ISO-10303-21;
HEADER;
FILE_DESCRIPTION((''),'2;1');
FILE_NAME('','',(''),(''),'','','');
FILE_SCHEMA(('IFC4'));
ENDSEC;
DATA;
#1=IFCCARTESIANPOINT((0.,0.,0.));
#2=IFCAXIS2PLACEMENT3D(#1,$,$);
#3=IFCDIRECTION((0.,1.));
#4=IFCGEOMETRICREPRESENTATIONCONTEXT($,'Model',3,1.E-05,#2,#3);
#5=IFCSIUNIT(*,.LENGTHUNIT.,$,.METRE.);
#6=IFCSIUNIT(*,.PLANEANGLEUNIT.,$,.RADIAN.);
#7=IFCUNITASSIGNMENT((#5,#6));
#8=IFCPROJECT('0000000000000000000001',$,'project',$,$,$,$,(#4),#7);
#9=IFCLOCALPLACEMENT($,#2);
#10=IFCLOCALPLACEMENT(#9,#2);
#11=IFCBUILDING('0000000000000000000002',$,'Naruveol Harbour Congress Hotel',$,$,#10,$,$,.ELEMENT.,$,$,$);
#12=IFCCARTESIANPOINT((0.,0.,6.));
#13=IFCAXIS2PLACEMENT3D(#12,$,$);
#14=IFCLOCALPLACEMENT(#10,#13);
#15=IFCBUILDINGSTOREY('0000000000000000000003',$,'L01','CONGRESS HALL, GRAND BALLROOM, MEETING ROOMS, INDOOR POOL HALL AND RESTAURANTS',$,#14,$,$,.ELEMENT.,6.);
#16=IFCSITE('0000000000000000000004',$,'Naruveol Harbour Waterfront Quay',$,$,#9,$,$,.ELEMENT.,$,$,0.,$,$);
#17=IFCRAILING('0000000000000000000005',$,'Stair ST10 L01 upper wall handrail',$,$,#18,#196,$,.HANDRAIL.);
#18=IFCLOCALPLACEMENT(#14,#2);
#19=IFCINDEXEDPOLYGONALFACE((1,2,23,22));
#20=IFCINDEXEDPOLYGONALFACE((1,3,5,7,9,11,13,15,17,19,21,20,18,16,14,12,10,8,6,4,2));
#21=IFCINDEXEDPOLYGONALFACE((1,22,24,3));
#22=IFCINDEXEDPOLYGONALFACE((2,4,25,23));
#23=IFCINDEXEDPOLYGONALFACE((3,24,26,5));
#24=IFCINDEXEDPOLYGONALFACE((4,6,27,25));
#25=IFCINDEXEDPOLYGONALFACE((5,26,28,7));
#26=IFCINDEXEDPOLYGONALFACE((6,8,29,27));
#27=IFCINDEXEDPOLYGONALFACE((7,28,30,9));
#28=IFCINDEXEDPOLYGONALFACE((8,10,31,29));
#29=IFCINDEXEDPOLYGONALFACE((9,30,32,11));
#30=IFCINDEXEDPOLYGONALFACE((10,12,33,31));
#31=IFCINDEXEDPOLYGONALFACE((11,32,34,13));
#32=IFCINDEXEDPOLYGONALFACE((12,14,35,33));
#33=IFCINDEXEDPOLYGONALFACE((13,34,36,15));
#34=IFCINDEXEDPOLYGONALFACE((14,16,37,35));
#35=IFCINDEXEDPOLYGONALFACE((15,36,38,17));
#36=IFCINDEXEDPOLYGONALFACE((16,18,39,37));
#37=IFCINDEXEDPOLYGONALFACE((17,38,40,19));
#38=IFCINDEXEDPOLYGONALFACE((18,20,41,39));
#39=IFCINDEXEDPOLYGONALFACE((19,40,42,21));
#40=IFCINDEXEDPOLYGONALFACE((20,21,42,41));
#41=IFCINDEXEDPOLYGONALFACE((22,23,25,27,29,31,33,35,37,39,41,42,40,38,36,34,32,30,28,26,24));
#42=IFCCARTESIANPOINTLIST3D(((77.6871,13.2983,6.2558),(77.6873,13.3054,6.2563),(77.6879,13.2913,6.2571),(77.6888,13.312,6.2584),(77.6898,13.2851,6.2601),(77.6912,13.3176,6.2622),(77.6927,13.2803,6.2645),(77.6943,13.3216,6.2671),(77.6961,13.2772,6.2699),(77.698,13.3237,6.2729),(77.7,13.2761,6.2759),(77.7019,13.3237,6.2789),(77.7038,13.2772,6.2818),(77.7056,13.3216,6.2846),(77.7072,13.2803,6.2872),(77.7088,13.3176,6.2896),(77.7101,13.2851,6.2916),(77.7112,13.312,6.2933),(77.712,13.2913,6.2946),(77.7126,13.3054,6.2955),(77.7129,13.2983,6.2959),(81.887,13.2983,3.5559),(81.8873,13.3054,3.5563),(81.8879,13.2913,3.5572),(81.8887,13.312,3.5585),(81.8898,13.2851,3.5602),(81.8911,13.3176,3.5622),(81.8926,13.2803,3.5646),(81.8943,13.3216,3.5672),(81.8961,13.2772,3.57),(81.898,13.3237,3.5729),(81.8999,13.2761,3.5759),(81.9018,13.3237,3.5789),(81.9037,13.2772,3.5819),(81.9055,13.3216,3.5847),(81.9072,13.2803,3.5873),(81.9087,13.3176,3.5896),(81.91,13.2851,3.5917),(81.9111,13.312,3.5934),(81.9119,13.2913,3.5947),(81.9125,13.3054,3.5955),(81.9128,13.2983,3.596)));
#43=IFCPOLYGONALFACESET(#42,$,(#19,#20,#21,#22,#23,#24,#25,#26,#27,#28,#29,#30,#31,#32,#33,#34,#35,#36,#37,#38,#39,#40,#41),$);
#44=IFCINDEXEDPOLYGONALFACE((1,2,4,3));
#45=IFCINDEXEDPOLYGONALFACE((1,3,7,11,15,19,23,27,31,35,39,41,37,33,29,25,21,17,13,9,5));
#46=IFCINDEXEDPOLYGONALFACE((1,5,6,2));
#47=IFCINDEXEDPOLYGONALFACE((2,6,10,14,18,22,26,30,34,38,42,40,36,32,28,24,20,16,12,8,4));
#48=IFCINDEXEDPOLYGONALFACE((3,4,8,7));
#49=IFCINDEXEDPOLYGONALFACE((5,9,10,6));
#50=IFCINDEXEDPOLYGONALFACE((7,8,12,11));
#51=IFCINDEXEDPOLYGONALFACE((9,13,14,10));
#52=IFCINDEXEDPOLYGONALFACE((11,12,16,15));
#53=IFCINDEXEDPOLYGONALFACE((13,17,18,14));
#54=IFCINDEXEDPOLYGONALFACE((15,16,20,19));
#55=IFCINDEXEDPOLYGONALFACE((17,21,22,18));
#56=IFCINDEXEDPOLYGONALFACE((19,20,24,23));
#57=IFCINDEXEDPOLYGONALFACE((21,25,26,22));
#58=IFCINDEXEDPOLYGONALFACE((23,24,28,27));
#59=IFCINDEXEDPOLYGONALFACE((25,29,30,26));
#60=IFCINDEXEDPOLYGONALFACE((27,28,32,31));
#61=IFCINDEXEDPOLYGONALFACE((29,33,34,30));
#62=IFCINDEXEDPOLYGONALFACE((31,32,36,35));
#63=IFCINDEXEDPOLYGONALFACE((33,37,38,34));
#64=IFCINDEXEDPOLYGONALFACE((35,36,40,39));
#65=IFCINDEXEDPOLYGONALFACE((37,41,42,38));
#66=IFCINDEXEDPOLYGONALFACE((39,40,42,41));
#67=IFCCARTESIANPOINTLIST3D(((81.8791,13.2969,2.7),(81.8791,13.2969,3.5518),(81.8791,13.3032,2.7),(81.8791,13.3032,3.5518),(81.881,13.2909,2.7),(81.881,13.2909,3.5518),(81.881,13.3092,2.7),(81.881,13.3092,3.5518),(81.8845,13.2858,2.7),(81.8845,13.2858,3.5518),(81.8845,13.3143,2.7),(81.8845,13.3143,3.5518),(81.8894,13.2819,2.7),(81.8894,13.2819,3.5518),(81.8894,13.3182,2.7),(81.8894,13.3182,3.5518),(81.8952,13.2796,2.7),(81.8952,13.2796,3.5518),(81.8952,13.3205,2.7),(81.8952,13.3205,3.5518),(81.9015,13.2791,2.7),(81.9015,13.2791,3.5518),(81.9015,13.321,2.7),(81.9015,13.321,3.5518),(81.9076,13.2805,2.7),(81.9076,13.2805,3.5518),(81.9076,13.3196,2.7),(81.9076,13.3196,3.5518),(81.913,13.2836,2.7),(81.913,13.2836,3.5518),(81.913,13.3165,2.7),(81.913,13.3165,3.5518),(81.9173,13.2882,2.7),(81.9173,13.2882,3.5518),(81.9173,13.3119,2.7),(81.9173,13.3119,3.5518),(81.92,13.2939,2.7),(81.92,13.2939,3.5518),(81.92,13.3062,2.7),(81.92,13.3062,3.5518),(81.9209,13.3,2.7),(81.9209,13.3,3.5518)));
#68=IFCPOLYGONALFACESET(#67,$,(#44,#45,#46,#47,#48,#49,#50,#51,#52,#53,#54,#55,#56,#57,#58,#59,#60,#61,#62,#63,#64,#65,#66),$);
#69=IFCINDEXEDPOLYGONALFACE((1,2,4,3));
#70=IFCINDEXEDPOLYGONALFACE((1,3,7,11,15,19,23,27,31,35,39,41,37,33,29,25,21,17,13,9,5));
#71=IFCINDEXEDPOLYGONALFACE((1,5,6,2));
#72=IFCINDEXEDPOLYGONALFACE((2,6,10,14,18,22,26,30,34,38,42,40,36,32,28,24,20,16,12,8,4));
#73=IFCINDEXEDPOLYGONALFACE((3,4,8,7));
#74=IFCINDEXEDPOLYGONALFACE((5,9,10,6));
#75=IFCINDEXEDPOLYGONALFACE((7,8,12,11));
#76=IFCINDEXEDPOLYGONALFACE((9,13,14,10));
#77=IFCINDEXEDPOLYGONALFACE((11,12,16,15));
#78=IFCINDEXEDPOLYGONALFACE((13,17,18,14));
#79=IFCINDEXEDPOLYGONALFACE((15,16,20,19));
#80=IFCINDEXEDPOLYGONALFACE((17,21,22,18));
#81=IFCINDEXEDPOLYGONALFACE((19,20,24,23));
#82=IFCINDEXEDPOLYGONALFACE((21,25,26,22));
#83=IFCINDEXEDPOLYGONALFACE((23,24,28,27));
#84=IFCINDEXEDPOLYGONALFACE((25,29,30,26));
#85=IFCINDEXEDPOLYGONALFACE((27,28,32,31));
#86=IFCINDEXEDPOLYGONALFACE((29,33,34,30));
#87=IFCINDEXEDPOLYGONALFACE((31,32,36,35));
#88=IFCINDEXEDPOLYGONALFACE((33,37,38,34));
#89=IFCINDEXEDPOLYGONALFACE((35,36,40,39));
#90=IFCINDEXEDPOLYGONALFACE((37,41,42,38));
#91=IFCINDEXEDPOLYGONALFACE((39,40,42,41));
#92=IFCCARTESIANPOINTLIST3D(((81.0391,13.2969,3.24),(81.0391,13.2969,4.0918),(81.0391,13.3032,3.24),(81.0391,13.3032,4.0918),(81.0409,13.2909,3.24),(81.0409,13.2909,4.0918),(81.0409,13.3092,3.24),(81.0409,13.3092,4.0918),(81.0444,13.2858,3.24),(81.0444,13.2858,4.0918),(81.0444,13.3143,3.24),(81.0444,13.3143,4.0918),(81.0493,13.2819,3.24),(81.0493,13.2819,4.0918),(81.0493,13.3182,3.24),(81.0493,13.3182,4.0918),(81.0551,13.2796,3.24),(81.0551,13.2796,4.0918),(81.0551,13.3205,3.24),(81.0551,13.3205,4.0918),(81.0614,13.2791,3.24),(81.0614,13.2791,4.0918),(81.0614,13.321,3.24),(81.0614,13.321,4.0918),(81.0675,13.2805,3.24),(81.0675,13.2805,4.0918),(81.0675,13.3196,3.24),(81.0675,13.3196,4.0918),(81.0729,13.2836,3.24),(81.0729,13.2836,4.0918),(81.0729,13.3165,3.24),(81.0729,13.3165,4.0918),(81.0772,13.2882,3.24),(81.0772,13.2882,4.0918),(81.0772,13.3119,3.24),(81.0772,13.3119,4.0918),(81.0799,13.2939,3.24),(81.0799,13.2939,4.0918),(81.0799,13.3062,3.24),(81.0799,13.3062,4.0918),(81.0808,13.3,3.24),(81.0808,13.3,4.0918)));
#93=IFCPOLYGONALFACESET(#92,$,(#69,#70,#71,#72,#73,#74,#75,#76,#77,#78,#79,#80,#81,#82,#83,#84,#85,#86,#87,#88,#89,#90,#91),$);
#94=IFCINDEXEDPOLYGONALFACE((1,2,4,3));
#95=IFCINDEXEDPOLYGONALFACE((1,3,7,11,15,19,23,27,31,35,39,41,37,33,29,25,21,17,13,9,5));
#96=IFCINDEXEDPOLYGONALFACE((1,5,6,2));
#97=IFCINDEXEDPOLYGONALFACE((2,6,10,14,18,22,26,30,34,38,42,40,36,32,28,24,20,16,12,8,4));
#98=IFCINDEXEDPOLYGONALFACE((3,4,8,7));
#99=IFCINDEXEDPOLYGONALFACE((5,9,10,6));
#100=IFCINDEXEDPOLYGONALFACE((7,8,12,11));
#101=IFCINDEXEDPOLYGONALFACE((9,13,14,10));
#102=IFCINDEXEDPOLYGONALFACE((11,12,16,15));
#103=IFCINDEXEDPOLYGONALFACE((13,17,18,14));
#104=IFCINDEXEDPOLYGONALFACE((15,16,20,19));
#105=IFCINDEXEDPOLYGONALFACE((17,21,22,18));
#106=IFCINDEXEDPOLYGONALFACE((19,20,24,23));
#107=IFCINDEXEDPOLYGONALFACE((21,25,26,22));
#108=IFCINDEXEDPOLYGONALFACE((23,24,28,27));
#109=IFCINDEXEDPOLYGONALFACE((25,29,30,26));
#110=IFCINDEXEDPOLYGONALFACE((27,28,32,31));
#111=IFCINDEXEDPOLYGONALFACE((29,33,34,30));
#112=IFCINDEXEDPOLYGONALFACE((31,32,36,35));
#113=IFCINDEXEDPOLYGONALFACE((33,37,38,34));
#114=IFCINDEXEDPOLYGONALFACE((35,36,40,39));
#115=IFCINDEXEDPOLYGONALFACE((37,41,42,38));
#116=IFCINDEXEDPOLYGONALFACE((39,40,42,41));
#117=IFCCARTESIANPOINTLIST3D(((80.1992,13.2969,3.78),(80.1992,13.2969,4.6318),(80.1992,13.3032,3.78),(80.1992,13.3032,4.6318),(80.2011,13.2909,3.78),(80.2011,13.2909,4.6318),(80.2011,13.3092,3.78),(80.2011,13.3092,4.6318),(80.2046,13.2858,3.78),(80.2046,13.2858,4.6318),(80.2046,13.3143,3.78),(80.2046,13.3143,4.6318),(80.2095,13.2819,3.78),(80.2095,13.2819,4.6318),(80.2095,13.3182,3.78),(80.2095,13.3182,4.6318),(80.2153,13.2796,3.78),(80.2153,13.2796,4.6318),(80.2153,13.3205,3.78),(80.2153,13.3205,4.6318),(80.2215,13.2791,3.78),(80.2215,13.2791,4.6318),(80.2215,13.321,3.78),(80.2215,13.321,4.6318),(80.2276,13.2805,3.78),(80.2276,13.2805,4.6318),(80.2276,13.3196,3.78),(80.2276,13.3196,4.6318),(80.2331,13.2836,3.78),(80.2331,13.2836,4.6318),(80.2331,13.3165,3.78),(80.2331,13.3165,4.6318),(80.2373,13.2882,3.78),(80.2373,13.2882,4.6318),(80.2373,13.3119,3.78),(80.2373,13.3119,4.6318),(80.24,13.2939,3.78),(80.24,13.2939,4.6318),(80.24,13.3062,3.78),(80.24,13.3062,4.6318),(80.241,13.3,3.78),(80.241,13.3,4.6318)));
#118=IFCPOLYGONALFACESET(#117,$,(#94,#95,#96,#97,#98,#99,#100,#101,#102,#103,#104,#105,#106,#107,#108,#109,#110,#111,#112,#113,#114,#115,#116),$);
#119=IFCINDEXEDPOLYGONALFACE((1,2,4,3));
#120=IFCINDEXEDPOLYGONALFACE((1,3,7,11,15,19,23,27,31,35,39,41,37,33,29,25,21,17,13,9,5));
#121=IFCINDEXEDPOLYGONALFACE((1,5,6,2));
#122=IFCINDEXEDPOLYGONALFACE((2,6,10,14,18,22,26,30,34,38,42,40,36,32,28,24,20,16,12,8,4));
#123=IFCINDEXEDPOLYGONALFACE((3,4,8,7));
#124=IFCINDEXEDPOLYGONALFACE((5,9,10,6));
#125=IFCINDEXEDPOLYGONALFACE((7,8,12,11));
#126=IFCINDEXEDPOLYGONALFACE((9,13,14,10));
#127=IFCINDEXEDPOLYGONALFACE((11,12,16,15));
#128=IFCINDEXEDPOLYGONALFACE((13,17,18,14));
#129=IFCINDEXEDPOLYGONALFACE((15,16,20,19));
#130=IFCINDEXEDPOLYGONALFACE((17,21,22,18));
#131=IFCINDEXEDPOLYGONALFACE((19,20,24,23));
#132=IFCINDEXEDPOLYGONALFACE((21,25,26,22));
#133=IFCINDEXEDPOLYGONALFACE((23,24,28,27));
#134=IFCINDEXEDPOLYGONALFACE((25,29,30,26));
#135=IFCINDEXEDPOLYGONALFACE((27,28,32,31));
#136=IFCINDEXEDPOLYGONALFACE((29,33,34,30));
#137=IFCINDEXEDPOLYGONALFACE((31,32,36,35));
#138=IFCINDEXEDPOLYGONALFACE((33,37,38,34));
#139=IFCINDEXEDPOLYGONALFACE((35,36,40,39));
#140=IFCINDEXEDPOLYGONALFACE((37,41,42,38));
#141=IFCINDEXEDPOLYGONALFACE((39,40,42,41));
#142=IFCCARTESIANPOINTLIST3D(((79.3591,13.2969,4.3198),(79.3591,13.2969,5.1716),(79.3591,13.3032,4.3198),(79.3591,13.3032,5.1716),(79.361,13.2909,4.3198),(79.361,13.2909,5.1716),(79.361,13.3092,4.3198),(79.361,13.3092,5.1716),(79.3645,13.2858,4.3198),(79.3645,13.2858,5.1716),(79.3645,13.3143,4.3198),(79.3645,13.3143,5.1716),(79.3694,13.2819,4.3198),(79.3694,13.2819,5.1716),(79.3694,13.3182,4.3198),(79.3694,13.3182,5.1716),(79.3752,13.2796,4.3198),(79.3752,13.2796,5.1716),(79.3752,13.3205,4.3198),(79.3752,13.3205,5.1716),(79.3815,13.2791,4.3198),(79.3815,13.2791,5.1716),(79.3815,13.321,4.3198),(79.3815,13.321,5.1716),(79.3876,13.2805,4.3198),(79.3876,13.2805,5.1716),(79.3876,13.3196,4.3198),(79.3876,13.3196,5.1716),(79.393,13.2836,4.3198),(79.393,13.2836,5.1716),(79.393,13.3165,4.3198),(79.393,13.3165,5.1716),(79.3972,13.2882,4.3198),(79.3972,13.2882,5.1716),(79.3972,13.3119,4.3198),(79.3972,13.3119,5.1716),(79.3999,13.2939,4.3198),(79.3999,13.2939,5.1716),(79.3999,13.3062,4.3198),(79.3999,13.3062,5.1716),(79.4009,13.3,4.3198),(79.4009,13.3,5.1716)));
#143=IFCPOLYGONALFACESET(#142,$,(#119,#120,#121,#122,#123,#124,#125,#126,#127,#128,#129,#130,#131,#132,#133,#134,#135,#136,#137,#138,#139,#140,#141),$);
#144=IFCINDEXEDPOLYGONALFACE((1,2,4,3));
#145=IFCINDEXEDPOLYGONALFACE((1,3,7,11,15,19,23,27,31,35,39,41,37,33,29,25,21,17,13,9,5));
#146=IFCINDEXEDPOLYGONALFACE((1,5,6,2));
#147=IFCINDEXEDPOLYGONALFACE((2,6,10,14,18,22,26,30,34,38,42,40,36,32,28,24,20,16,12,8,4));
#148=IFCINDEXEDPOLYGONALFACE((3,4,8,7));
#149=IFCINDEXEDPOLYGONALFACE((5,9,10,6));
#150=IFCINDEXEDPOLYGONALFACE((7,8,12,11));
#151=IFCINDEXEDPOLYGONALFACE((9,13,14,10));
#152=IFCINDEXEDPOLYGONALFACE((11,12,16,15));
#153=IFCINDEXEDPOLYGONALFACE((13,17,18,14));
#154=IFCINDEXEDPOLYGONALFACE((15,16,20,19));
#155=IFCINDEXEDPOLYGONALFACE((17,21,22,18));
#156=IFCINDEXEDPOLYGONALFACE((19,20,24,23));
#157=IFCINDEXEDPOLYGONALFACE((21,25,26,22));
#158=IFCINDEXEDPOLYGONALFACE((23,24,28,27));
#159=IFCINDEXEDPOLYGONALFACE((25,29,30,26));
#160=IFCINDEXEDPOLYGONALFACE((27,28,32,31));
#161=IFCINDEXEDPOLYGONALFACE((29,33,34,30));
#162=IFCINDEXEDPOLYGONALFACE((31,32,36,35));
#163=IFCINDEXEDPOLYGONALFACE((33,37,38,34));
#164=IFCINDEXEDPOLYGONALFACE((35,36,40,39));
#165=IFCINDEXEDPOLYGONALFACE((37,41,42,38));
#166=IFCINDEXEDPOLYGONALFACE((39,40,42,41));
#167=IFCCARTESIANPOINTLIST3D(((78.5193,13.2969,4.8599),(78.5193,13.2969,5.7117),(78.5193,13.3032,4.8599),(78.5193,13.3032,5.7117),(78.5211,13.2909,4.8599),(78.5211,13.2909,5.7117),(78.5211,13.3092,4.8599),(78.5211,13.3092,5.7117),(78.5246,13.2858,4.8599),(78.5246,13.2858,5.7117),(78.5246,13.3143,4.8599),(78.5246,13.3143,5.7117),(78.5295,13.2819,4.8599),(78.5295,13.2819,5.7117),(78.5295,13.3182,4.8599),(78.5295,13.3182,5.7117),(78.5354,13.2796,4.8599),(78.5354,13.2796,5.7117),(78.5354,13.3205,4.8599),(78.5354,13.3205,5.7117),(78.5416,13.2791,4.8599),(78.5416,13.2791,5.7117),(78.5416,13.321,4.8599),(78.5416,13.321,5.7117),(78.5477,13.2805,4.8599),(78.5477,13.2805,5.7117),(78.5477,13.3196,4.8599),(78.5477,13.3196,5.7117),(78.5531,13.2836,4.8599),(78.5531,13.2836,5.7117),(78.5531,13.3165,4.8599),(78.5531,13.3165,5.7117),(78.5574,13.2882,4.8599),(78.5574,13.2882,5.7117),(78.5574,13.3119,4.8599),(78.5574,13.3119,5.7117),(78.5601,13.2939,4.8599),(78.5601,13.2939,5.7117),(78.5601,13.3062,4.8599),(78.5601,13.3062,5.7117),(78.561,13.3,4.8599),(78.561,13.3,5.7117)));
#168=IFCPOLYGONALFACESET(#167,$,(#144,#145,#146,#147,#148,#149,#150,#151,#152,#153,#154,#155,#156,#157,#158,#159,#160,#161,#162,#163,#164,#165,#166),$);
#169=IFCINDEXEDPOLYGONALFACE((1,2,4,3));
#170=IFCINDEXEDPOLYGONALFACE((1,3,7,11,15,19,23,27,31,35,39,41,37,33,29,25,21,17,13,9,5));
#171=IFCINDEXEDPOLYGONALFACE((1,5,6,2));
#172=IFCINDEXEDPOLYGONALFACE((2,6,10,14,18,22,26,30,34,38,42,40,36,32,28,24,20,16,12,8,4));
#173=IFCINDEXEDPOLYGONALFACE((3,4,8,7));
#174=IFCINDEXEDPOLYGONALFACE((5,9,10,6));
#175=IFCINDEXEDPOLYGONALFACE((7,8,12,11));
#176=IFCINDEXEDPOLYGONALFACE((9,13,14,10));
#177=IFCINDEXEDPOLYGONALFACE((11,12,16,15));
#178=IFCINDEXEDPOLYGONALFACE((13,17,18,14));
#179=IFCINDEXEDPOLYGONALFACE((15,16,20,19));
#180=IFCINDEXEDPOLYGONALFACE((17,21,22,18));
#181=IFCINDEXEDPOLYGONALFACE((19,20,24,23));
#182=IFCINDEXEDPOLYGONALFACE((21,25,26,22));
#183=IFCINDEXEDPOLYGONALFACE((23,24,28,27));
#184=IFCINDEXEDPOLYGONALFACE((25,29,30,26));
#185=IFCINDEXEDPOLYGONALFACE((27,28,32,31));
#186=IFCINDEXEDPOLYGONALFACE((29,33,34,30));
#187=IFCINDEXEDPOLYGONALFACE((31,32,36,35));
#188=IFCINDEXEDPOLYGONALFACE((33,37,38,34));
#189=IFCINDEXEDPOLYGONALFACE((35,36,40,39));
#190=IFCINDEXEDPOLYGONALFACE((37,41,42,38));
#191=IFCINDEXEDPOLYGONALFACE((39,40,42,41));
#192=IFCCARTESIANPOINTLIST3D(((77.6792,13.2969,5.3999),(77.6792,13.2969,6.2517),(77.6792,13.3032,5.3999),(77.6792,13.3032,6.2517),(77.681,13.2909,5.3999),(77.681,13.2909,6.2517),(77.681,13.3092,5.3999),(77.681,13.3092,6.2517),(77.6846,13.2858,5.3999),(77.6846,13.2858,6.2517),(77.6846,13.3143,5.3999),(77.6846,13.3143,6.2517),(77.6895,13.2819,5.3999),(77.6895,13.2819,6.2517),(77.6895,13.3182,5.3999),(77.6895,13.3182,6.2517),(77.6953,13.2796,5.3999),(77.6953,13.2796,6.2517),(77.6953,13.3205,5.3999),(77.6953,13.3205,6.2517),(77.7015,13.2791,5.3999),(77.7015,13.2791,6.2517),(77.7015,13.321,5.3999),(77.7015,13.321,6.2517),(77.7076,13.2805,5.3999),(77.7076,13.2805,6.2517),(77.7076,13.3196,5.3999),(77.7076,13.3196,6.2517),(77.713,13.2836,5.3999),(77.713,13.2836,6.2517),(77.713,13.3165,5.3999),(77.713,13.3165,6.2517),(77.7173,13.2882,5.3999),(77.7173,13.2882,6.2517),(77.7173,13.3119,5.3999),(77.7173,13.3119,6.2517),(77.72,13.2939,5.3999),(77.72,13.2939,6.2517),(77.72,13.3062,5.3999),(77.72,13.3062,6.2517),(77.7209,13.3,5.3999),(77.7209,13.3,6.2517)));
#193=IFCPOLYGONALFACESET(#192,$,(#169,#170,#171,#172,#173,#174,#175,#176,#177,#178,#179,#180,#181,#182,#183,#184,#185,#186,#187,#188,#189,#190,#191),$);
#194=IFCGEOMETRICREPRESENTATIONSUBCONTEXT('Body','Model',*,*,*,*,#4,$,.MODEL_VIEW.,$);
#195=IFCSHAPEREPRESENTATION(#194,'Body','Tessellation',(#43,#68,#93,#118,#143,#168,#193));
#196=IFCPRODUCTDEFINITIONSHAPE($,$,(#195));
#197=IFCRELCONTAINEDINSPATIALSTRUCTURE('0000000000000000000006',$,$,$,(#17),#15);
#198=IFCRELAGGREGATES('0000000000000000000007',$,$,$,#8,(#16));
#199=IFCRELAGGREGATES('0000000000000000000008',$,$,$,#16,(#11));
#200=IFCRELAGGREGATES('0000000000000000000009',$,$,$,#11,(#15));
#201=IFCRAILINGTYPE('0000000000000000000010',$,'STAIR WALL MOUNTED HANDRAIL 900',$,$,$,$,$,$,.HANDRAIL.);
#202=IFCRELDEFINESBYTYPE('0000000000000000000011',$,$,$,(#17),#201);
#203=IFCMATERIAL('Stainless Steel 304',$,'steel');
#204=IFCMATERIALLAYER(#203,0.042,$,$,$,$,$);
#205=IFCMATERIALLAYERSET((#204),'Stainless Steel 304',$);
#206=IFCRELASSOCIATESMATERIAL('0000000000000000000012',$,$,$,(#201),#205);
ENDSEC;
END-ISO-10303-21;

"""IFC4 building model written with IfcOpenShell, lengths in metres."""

from ifc_helpers import new_model, si_unit, direction, frame, origin, origin_2d, place, context, subcontext, project, spatial, circle, extrude, material, layer, layer_set, type_object, element, save


model = new_model("IFC4")

# Units and contexts
model_context = context("Model", 3, precision=1e-05, world=origin(), true_north=direction((0.0, 1.0)))
body_context = subcontext(model_context, "Body", "Model", "MODEL_VIEW")
ifc_project = project(units=[si_unit("LENGTHUNIT", "METRE"), si_unit("PLANEANGLEUNIT", "RADIAN")], contexts=[model_context])

# Site, building, storey
site_placement = place(None, origin())
site = spatial("IfcSite", under=ifc_project, at=site_placement, Name="Naruveol Harbour Waterfront Quay", CompositionType="ELEMENT", RefElevation=0.0)
building_placement = place(site_placement, origin())
building = spatial("IfcBuilding", under=site, at=building_placement, Name="Naruveol Harbour Congress Hotel", CompositionType="ELEMENT")
storey_placement = place(building_placement, frame((0.0, 0.0, 6.0)))
storey = spatial("IfcBuildingStorey", under=building, at=storey_placement, Name="L01", Description="CONGRESS HALL, GRAND BALLROOM, MEETING ROOMS, INDOOR POOL HALL AND RESTAURANTS", CompositionType="ELEMENT", Elevation=6.0)

# Railing
ifc_material_1 = material(Name="Stainless Steel 304", Category="steel")
ifc_layer_1 = layer(ifc_material_1, 0.042)
ifc_layer_set_1 = layer_set([ifc_layer_1], Name="Stainless Steel 304")
railing_type_1 = type_object("IfcRailingType", Name="STAIR WALL MOUNTED HANDRAIL 900", PredefinedType="HANDRAIL", material=ifc_layer_set_1)
railing_1_placement = place(storey_placement, frame((81.8999, 13.3, 2.7)))
element("IfcRailing", 1, at=railing_1_placement, inside=storey, type_object=railing_type_1, Name="Stair ST10 L01 upper wall handrail", PredefinedType="HANDRAIL", context=body_context, shape_type="SweptSolid", body=[
    extrude(circle(Radius=0.0239, at=origin_2d()), frame((0.0, 0.0, 0.876), z_axis=(-0.84118, 0.0, 0.540755), x_axis=(0.0, -1.0, 0.0)), (0.0, 0.0, 1.0), 4.9929),
    extrude(circle(Radius=0.021, at=origin_2d()), origin(), (0.0, 0.0, 1.0), 0.8518),
    extrude(circle(Radius=0.021, at=origin_2d()), frame((-0.8401, 0.0, 0.54)), (0.0, 0.0, 1.0), 0.8518),
    extrude(circle(Radius=0.021, at=origin_2d()), frame((-1.6799, 0.0, 1.0801)), (0.0, 0.0, 1.0), 0.8518),
    extrude(circle(Radius=0.021, at=origin_2d()), frame((-2.52, 0.0, 1.6199)), (0.0, 0.0, 1.0), 0.8518),
    extrude(circle(Radius=0.021, at=origin_2d()), frame((-3.3599, 0.0, 2.1599)), (0.0, 0.0, 1.0), 0.8518),
    extrude(circle(Radius=0.021, at=origin_2d()), frame((-4.2, 0.0, 2.7)), (0.0, 0.0, 1.0), 0.8518),
])

save(model, "model.ifc")
